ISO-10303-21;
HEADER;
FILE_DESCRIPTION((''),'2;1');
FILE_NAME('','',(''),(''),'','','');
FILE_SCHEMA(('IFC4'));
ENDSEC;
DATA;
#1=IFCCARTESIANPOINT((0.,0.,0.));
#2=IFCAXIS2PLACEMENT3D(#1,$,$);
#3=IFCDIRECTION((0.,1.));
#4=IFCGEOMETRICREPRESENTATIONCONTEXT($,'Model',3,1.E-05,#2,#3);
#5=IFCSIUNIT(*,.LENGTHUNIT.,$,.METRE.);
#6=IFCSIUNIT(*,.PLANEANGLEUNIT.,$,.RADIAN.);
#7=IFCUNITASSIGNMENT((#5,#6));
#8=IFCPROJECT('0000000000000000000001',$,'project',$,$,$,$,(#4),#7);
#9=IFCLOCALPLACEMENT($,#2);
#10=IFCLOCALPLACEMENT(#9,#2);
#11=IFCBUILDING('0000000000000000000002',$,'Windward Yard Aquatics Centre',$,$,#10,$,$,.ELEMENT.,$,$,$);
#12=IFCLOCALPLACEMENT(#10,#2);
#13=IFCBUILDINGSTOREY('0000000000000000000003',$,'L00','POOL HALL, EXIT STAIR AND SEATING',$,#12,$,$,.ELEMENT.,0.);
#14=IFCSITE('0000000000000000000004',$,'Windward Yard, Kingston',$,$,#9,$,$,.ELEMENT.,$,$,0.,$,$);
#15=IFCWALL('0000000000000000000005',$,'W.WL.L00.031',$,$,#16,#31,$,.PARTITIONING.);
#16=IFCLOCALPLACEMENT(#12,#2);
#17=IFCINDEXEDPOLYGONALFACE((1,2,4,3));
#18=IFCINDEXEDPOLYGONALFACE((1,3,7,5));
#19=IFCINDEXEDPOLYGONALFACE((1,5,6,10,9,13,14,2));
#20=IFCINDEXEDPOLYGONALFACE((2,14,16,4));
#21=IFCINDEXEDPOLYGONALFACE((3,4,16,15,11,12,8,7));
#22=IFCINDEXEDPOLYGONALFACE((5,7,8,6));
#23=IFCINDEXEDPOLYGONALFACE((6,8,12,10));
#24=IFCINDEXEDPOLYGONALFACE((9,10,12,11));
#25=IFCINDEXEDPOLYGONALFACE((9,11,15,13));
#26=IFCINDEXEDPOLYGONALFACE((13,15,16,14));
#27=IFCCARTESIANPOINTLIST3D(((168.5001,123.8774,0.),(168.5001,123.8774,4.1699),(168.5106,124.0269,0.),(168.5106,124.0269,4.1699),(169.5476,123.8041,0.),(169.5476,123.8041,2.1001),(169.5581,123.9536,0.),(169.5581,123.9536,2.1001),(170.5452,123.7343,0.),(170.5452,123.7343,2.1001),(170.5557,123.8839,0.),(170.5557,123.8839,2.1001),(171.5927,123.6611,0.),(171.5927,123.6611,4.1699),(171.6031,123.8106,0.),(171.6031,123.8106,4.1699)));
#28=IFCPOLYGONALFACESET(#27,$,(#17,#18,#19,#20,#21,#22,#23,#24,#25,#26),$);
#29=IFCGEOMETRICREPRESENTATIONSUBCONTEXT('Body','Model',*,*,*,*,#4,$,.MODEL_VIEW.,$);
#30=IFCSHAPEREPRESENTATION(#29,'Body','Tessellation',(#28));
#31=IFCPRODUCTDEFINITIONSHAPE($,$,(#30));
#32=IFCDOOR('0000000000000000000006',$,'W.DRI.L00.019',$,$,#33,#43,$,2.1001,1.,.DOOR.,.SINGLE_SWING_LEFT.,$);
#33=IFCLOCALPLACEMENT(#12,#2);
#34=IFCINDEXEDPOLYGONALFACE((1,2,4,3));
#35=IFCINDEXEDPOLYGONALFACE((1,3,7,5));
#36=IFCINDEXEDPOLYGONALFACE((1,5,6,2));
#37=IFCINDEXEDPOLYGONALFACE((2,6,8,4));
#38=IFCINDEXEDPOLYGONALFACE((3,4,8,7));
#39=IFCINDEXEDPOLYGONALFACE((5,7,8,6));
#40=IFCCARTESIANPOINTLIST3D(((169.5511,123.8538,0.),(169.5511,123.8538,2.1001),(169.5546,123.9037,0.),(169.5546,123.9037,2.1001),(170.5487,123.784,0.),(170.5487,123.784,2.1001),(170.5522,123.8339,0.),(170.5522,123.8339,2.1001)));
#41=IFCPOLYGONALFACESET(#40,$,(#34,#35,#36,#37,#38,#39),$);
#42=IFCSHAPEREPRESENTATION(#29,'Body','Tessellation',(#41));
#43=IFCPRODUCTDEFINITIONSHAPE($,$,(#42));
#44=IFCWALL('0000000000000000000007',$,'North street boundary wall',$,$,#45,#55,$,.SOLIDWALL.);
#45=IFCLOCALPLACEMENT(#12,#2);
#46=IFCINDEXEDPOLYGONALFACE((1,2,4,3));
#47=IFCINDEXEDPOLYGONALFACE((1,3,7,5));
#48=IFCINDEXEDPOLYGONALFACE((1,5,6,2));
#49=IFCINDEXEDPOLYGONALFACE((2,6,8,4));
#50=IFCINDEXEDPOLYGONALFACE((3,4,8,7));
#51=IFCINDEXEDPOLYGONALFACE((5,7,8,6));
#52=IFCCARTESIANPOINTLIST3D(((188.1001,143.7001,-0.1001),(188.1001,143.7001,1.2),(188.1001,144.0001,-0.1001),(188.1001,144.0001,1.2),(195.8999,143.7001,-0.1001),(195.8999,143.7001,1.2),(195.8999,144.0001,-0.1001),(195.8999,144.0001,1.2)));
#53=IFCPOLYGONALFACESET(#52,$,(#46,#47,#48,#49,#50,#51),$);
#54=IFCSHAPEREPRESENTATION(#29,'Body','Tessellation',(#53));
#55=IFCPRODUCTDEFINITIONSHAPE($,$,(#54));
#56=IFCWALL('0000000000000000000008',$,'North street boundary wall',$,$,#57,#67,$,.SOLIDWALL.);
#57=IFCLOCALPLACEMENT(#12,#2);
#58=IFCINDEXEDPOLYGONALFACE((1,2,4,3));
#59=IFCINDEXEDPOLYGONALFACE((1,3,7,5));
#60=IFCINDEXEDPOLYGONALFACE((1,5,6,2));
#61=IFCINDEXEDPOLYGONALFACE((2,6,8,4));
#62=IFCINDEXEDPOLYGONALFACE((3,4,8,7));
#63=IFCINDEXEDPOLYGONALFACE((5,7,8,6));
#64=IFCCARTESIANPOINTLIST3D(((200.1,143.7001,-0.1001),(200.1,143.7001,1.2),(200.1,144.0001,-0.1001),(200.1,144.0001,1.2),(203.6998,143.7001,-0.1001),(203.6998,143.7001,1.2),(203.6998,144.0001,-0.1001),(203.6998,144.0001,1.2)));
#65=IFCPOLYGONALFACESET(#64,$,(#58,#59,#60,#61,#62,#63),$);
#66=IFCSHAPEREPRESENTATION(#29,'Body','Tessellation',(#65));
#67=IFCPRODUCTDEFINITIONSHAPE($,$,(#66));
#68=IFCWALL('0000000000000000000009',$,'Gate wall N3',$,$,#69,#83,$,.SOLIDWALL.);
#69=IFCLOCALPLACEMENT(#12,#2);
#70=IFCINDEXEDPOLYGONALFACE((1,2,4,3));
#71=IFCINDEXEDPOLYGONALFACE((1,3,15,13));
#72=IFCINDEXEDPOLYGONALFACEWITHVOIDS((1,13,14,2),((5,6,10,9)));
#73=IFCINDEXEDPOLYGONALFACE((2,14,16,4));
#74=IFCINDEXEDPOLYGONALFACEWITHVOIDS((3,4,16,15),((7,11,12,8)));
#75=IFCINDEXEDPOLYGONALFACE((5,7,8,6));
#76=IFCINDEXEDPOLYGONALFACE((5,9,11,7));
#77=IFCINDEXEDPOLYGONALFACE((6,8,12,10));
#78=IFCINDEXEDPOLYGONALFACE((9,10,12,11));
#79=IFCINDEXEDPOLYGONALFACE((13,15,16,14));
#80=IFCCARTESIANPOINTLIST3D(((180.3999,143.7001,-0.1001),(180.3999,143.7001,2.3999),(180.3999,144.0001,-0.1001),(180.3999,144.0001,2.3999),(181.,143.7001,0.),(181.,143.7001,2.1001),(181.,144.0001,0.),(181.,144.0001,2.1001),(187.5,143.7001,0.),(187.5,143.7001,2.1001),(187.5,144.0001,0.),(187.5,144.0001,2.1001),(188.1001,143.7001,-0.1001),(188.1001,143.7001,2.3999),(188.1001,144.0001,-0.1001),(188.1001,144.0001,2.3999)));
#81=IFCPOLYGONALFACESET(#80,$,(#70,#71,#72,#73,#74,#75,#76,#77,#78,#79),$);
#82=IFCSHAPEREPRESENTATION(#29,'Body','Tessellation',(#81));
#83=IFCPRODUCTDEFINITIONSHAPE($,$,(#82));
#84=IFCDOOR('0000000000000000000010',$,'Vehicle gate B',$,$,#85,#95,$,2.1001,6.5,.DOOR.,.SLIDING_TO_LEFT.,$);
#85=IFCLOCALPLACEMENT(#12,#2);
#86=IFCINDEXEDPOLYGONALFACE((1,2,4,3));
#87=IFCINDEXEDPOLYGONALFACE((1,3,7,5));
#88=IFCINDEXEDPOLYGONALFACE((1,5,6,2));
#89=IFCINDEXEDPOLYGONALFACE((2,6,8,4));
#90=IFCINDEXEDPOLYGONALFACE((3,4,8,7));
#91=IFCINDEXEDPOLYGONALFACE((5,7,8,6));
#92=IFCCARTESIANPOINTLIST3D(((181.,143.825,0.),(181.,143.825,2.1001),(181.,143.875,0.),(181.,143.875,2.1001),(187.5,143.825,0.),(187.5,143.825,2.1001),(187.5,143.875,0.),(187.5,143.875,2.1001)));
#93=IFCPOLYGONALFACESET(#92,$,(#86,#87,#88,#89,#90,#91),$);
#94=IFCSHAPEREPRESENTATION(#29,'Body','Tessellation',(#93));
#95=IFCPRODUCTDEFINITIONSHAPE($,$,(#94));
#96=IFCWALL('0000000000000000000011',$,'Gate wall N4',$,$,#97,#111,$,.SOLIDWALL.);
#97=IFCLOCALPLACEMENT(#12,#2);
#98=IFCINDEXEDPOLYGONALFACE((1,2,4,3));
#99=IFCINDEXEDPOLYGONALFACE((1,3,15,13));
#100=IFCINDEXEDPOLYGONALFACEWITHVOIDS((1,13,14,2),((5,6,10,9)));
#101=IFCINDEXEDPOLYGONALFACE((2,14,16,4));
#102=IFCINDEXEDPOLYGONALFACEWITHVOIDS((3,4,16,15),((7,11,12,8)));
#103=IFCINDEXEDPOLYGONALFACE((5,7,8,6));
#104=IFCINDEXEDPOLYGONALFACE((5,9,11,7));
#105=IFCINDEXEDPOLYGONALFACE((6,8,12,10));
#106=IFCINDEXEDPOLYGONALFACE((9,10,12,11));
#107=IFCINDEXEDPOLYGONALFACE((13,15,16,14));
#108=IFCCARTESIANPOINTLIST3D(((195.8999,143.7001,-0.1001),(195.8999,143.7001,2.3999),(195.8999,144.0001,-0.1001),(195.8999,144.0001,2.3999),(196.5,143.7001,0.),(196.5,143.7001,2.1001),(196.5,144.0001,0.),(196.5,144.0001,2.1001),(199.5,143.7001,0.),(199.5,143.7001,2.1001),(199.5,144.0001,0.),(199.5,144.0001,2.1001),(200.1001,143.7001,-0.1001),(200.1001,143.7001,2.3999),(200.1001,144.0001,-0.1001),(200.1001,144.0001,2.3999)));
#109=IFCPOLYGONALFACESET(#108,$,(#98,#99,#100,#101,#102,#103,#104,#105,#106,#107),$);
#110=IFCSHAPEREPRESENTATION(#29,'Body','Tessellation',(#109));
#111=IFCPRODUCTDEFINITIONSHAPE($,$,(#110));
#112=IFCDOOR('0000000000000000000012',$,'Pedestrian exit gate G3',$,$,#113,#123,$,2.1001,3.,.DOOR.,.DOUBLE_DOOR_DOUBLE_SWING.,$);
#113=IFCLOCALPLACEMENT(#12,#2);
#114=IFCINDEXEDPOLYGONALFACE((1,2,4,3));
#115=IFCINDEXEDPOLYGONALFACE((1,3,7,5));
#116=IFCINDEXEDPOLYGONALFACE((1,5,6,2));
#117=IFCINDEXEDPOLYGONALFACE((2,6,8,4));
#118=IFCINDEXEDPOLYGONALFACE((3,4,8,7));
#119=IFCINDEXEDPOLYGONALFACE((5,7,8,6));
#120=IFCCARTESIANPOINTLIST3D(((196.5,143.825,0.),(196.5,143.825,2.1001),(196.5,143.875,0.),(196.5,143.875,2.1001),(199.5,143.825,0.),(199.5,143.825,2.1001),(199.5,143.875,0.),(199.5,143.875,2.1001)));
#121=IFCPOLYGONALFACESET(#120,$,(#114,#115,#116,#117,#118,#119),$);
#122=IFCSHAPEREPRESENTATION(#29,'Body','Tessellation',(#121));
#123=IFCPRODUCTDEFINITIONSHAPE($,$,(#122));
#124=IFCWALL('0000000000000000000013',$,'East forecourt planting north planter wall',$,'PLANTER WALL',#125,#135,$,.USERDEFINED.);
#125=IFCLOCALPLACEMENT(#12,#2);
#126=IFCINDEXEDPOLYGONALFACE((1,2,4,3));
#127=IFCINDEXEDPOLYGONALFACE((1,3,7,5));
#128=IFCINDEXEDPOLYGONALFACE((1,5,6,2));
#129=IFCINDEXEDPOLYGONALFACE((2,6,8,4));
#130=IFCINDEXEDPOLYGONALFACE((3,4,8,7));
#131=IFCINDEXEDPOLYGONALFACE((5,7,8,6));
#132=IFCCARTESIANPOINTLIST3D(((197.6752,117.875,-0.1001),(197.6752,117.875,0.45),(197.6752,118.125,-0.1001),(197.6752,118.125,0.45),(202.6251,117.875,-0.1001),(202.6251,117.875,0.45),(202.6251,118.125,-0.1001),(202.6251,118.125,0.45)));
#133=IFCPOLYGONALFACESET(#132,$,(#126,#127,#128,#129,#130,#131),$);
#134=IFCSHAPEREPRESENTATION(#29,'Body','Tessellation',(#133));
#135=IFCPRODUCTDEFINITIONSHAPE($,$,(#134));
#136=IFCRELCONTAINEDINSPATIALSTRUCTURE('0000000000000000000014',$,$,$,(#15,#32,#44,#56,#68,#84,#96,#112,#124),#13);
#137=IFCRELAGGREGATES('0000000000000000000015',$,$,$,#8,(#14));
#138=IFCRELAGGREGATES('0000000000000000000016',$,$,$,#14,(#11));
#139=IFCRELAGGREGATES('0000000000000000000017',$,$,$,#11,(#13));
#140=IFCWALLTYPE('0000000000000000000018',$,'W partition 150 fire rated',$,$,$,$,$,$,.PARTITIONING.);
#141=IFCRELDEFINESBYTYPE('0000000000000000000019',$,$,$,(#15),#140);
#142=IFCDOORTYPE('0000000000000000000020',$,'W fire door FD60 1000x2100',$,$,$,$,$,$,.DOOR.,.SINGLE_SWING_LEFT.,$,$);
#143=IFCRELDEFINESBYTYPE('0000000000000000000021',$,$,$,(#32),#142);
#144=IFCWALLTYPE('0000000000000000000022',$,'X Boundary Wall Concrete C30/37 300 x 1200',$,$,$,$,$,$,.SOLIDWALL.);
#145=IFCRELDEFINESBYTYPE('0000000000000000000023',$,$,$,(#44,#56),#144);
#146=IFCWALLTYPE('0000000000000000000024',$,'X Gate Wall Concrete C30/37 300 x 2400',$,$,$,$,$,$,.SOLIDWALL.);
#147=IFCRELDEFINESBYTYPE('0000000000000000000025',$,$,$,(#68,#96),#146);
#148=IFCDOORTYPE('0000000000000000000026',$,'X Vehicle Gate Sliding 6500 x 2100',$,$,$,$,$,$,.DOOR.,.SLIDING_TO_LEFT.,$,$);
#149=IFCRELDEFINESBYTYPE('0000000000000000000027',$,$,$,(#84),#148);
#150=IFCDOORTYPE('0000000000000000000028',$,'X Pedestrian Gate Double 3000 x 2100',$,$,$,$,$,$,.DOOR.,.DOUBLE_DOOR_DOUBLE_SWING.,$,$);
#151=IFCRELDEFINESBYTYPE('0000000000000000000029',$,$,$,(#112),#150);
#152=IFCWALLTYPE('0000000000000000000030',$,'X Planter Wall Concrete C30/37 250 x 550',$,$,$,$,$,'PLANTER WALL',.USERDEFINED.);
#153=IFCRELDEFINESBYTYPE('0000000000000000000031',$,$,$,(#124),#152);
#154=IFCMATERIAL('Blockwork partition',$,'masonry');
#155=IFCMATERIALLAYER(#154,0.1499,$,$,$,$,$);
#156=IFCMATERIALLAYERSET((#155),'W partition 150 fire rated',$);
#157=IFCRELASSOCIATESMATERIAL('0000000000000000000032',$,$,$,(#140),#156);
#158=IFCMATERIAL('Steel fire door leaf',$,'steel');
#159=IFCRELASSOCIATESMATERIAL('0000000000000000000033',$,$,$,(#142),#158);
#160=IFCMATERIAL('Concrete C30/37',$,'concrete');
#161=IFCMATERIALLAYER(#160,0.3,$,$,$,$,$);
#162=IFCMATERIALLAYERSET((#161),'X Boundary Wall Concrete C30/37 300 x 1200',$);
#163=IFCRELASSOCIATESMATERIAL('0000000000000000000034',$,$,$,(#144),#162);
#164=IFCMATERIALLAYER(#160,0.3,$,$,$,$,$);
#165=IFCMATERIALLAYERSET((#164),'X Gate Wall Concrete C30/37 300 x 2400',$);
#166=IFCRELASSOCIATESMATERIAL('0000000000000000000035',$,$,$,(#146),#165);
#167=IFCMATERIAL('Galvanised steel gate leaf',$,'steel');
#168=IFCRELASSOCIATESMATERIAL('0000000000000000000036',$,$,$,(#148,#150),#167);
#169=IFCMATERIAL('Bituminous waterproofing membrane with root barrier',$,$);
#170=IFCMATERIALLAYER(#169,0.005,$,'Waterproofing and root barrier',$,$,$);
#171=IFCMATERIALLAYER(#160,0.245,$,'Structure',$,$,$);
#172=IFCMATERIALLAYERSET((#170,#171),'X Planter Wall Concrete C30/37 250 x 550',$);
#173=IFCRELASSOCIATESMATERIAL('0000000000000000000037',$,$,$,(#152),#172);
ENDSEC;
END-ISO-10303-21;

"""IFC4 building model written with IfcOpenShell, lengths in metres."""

from ifc_helpers import new_model, si_unit, direction, frame, frame_2d, origin, place, context, subcontext, project, spatial, rectangle, extrude, material, layer, layer_set, type_object, element, fill, save


model = new_model("IFC4")

# Units and contexts
model_context = context("Model", 3, precision=1e-05, world=origin(), true_north=direction((0.0, 1.0)))
body_context = subcontext(model_context, "Body", "Model", "MODEL_VIEW")
ifc_project = project(units=[si_unit("LENGTHUNIT", "METRE"), si_unit("PLANEANGLEUNIT", "RADIAN")], contexts=[model_context])

# Site, building, storey
site_placement = place(None, origin())
site = spatial("IfcSite", under=ifc_project, at=site_placement, Name="Windward Yard, Kingston", CompositionType="ELEMENT", RefElevation=0.0)
building_placement = place(site_placement, origin())
building = spatial("IfcBuilding", under=site, at=building_placement, Name="Windward Yard Aquatics Centre", CompositionType="ELEMENT")
storey_placement = place(building_placement, origin())
storey = spatial("IfcBuildingStorey", under=building, at=storey_placement, Name="L00", Description="POOL HALL, EXIT STAIR AND SEATING", CompositionType="ELEMENT", Elevation=0.0)

# Shared definitions
ifc_material_1 = material(Name="Blockwork partition", Category="masonry")
ifc_layer_1 = layer(ifc_material_1, 0.1499)
ifc_layer_set_1 = layer_set([ifc_layer_1], Name="W partition 150 fire rated")
wall_type_1 = type_object("IfcWallType", Name="W partition 150 fire rated", PredefinedType="PARTITIONING", material=ifc_layer_set_1)

# Wall, opening, door
wall_1_placement = place(storey_placement, frame((168.5054, 123.9521, 0.0), z_axis=(0.0, 0.0, 1.0), x_axis=(0.997563, -0.069775, 0.0)))
wall_1 = element("IfcWall", 1, at=wall_1_placement, inside=storey, type_object=wall_type_1, Name="W.WL.L00.031", PredefinedType="PARTITIONING", context=body_context, shape_type="SweptSolid", body=[
    extrude(rectangle(XDim=3.1001, YDim=0.1499, at=frame_2d((1.55, 0.0))), origin(), (0.0, 0.0, 1.0), 4.1699),
])
opening_1_placement = place(wall_1_placement, frame((1.05, 0.0, 0.0)))
opening_1 = element("IfcOpeningElement", 2, at=opening_1_placement, cuts=wall_1, PredefinedType="OPENING", context=body_context, shape_type="SweptSolid", body=[
    extrude(rectangle(XDim=1.0, YDim=2.1001, at=frame_2d((0.5, 1.05))), frame((0.0, 0.085, 0.0), z_axis=(0.0, -1.0, 0.0), x_axis=(1.0, 0.0, 0.0)), (0.0, 0.0, 1.0), 0.1699),
])
ifc_material_2 = material(Name="Steel fire door leaf", Category="steel")
door_type_1 = type_object("IfcDoorType", Name="W fire door FD60 1000x2100", OperationType="SINGLE_SWING_LEFT", PredefinedType="DOOR", material=ifc_material_2)
door_1_placement = place(opening_1_placement, origin())
door_1 = element("IfcDoor", 3, at=door_1_placement, inside=storey, type_object=door_type_1, Name="W.DRI.L00.019", OperationType="SINGLE_SWING_LEFT", OverallHeight=2.1001, OverallWidth=1.0, PredefinedType="DOOR", context=body_context, shape_type="SweptSolid", body=[
    extrude(rectangle(XDim=1.0, YDim=2.1001, at=frame_2d((0.5, 1.05))), frame((0.0, 0.0249, 0.0), z_axis=(0.0, -1.0, 0.0), x_axis=(1.0, 0.0, 0.0)), (0.0, 0.0, 1.0), 0.05),
])
fill(opening_1, door_1)

# Walls
ifc_material_3 = material(Name="Concrete C30/37", Category="concrete")
ifc_layer_2 = layer(ifc_material_3, 0.3)
ifc_layer_set_2 = layer_set([ifc_layer_2], Name="X Boundary Wall Concrete C30/37 300 x 1200")
wall_type_2 = type_object("IfcWallType", Name="X Boundary Wall Concrete C30/37 300 x 1200", PredefinedType="SOLIDWALL", material=ifc_layer_set_2)
wall_2_placement = place(storey_placement, frame((188.1001, 143.8501, -0.1001), z_axis=(0.0, 0.0, 1.0), x_axis=(1.0, 0.0, 0.0)))
element("IfcWall", 4, at=wall_2_placement, inside=storey, type_object=wall_type_2, Name="North street boundary wall", PredefinedType="SOLIDWALL", context=body_context, shape_type="SweptSolid", body=[
    extrude(rectangle(XDim=7.7998, YDim=0.3, at=frame_2d((3.8999, 0.0))), origin(), (0.0, 0.0, 1.0), 1.3),
])
wall_3_placement = place(storey_placement, frame((200.1001, 143.8501, -0.1001), z_axis=(0.0, 0.0, 1.0), x_axis=(1.0, 0.0, 0.0)))
element("IfcWall", 5, at=wall_3_placement, inside=storey, type_object=wall_type_2, Name="North street boundary wall", PredefinedType="SOLIDWALL", context=body_context, shape_type="SweptSolid", body=[
    extrude(rectangle(XDim=3.5999, YDim=0.3, at=frame_2d((1.7998, 0.0))), origin(), (0.0, 0.0, 1.0), 1.3),
])

# Walls, openings, doors
ifc_layer_3 = layer(ifc_material_3, 0.3)
ifc_layer_set_3 = layer_set([ifc_layer_3], Name="X Gate Wall Concrete C30/37 300 x 2400")
wall_type_3 = type_object("IfcWallType", Name="X Gate Wall Concrete C30/37 300 x 2400", PredefinedType="SOLIDWALL", material=ifc_layer_set_3)
wall_4_placement = place(storey_placement, frame((180.3999, 143.8501, -0.1001), z_axis=(0.0, 0.0, 1.0), x_axis=(1.0, 0.0, 0.0)))
wall_4 = element("IfcWall", 6, at=wall_4_placement, inside=storey, type_object=wall_type_3, Name="Gate wall N3", PredefinedType="SOLIDWALL", context=body_context, shape_type="SweptSolid", body=[
    extrude(rectangle(XDim=7.7002, YDim=0.3, at=frame_2d((3.8501, 0.0))), origin(), (0.0, 0.0, 1.0), 2.5),
])
opening_2_placement = place(wall_4_placement, frame((0.6001, 0.0, 0.1001)))
opening_2 = element("IfcOpeningElement", 7, at=opening_2_placement, cuts=wall_4, PredefinedType="OPENING", context=body_context, shape_type="SweptSolid", body=[
    extrude(rectangle(XDim=6.5, YDim=2.1001, at=frame_2d((3.25, 1.05))), frame((0.0, 0.1602, 0.0), z_axis=(0.0, -1.0, 0.0), x_axis=(1.0, 0.0, 0.0)), (0.0, 0.0, 1.0), 0.3201),
])
ifc_material_4 = material(Name="Galvanised steel gate leaf", Category="steel")
door_type_2 = type_object("IfcDoorType", Name="X Vehicle Gate Sliding 6500 x 2100", OperationType="SLIDING_TO_LEFT", PredefinedType="DOOR", material=ifc_material_4)
door_2_placement = place(opening_2_placement, origin())
door_2 = element("IfcDoor", 8, at=door_2_placement, inside=storey, type_object=door_type_2, Name="Vehicle gate B", OperationType="SLIDING_TO_LEFT", OverallHeight=2.1001, OverallWidth=6.5, PredefinedType="DOOR", context=body_context, shape_type="SweptSolid", body=[
    extrude(rectangle(XDim=6.5, YDim=2.1001, at=frame_2d((3.25, 1.05))), frame((0.0, 0.0249, 0.0), z_axis=(0.0, -1.0, 0.0), x_axis=(1.0, 0.0, 0.0)), (0.0, 0.0, 1.0), 0.05),
])
fill(opening_2, door_2)
wall_5_placement = place(storey_placement, frame((195.8999, 143.8501, -0.1001), z_axis=(0.0, 0.0, 1.0), x_axis=(1.0, 0.0, 0.0)))
wall_5 = element("IfcWall", 9, at=wall_5_placement, inside=storey, type_object=wall_type_3, Name="Gate wall N4", PredefinedType="SOLIDWALL", context=body_context, shape_type="SweptSolid", body=[
    extrude(rectangle(XDim=4.2002, YDim=0.3, at=frame_2d((2.1001, 0.0))), origin(), (0.0, 0.0, 1.0), 2.5),
])
opening_3_placement = place(wall_5_placement, frame((0.6001, 0.0, 0.1001)))
opening_3 = element("IfcOpeningElement", 10, at=opening_3_placement, cuts=wall_5, PredefinedType="OPENING", context=body_context, shape_type="SweptSolid", body=[
    extrude(rectangle(XDim=3.0, YDim=2.1001, at=frame_2d((1.5, 1.05))), frame((0.0, 0.1602, 0.0), z_axis=(0.0, -1.0, 0.0), x_axis=(1.0, 0.0, 0.0)), (0.0, 0.0, 1.0), 0.3201),
])
door_type_3 = type_object("IfcDoorType", Name="X Pedestrian Gate Double 3000 x 2100", OperationType="DOUBLE_DOOR_DOUBLE_SWING", PredefinedType="DOOR", material=ifc_material_4)
door_3_placement = place(opening_3_placement, origin())
door_3 = element("IfcDoor", 11, at=door_3_placement, inside=storey, type_object=door_type_3, Name="Pedestrian exit gate G3", OperationType="DOUBLE_DOOR_DOUBLE_SWING", OverallHeight=2.1001, OverallWidth=3.0, PredefinedType="DOOR", context=body_context, shape_type="SweptSolid", body=[
    extrude(rectangle(XDim=3.0, YDim=2.1001, at=frame_2d((1.5, 1.05))), frame((0.0, 0.0249, 0.0), z_axis=(0.0, -1.0, 0.0), x_axis=(1.0, 0.0, 0.0)), (0.0, 0.0, 1.0), 0.05),
])
fill(opening_3, door_3)

# Wall
ifc_material_5 = material(Name="Bituminous waterproofing membrane with root barrier")
ifc_layer_4 = layer(ifc_material_5, 0.005, Name="Waterproofing and root barrier")
ifc_layer_5 = layer(ifc_material_3, 0.245, Name="Structure")
ifc_layer_set_4 = layer_set([ifc_layer_4, ifc_layer_5], Name="X Planter Wall Concrete C30/37 250 x 550")
wall_type_4 = type_object("IfcWallType", Name="X Planter Wall Concrete C30/37 250 x 550", ElementType="PLANTER WALL", PredefinedType="USERDEFINED", material=ifc_layer_set_4)
wall_6_placement = place(storey_placement, frame((197.675, 118.0, -0.1001), z_axis=(0.0, 0.0, 1.0), x_axis=(1.0, 0.0, 0.0)))
element("IfcWall", 12, at=wall_6_placement, inside=storey, type_object=wall_type_4, Name="East forecourt planting north planter wall", ObjectType="PLANTER WALL", PredefinedType="USERDEFINED", context=body_context, shape_type="SweptSolid", body=[
    extrude(rectangle(XDim=4.95, YDim=0.25, at=frame_2d((2.4751, 0.0))), origin(), (0.0, 0.0, 1.0), 0.55),
])

save(model, "model.ifc")
